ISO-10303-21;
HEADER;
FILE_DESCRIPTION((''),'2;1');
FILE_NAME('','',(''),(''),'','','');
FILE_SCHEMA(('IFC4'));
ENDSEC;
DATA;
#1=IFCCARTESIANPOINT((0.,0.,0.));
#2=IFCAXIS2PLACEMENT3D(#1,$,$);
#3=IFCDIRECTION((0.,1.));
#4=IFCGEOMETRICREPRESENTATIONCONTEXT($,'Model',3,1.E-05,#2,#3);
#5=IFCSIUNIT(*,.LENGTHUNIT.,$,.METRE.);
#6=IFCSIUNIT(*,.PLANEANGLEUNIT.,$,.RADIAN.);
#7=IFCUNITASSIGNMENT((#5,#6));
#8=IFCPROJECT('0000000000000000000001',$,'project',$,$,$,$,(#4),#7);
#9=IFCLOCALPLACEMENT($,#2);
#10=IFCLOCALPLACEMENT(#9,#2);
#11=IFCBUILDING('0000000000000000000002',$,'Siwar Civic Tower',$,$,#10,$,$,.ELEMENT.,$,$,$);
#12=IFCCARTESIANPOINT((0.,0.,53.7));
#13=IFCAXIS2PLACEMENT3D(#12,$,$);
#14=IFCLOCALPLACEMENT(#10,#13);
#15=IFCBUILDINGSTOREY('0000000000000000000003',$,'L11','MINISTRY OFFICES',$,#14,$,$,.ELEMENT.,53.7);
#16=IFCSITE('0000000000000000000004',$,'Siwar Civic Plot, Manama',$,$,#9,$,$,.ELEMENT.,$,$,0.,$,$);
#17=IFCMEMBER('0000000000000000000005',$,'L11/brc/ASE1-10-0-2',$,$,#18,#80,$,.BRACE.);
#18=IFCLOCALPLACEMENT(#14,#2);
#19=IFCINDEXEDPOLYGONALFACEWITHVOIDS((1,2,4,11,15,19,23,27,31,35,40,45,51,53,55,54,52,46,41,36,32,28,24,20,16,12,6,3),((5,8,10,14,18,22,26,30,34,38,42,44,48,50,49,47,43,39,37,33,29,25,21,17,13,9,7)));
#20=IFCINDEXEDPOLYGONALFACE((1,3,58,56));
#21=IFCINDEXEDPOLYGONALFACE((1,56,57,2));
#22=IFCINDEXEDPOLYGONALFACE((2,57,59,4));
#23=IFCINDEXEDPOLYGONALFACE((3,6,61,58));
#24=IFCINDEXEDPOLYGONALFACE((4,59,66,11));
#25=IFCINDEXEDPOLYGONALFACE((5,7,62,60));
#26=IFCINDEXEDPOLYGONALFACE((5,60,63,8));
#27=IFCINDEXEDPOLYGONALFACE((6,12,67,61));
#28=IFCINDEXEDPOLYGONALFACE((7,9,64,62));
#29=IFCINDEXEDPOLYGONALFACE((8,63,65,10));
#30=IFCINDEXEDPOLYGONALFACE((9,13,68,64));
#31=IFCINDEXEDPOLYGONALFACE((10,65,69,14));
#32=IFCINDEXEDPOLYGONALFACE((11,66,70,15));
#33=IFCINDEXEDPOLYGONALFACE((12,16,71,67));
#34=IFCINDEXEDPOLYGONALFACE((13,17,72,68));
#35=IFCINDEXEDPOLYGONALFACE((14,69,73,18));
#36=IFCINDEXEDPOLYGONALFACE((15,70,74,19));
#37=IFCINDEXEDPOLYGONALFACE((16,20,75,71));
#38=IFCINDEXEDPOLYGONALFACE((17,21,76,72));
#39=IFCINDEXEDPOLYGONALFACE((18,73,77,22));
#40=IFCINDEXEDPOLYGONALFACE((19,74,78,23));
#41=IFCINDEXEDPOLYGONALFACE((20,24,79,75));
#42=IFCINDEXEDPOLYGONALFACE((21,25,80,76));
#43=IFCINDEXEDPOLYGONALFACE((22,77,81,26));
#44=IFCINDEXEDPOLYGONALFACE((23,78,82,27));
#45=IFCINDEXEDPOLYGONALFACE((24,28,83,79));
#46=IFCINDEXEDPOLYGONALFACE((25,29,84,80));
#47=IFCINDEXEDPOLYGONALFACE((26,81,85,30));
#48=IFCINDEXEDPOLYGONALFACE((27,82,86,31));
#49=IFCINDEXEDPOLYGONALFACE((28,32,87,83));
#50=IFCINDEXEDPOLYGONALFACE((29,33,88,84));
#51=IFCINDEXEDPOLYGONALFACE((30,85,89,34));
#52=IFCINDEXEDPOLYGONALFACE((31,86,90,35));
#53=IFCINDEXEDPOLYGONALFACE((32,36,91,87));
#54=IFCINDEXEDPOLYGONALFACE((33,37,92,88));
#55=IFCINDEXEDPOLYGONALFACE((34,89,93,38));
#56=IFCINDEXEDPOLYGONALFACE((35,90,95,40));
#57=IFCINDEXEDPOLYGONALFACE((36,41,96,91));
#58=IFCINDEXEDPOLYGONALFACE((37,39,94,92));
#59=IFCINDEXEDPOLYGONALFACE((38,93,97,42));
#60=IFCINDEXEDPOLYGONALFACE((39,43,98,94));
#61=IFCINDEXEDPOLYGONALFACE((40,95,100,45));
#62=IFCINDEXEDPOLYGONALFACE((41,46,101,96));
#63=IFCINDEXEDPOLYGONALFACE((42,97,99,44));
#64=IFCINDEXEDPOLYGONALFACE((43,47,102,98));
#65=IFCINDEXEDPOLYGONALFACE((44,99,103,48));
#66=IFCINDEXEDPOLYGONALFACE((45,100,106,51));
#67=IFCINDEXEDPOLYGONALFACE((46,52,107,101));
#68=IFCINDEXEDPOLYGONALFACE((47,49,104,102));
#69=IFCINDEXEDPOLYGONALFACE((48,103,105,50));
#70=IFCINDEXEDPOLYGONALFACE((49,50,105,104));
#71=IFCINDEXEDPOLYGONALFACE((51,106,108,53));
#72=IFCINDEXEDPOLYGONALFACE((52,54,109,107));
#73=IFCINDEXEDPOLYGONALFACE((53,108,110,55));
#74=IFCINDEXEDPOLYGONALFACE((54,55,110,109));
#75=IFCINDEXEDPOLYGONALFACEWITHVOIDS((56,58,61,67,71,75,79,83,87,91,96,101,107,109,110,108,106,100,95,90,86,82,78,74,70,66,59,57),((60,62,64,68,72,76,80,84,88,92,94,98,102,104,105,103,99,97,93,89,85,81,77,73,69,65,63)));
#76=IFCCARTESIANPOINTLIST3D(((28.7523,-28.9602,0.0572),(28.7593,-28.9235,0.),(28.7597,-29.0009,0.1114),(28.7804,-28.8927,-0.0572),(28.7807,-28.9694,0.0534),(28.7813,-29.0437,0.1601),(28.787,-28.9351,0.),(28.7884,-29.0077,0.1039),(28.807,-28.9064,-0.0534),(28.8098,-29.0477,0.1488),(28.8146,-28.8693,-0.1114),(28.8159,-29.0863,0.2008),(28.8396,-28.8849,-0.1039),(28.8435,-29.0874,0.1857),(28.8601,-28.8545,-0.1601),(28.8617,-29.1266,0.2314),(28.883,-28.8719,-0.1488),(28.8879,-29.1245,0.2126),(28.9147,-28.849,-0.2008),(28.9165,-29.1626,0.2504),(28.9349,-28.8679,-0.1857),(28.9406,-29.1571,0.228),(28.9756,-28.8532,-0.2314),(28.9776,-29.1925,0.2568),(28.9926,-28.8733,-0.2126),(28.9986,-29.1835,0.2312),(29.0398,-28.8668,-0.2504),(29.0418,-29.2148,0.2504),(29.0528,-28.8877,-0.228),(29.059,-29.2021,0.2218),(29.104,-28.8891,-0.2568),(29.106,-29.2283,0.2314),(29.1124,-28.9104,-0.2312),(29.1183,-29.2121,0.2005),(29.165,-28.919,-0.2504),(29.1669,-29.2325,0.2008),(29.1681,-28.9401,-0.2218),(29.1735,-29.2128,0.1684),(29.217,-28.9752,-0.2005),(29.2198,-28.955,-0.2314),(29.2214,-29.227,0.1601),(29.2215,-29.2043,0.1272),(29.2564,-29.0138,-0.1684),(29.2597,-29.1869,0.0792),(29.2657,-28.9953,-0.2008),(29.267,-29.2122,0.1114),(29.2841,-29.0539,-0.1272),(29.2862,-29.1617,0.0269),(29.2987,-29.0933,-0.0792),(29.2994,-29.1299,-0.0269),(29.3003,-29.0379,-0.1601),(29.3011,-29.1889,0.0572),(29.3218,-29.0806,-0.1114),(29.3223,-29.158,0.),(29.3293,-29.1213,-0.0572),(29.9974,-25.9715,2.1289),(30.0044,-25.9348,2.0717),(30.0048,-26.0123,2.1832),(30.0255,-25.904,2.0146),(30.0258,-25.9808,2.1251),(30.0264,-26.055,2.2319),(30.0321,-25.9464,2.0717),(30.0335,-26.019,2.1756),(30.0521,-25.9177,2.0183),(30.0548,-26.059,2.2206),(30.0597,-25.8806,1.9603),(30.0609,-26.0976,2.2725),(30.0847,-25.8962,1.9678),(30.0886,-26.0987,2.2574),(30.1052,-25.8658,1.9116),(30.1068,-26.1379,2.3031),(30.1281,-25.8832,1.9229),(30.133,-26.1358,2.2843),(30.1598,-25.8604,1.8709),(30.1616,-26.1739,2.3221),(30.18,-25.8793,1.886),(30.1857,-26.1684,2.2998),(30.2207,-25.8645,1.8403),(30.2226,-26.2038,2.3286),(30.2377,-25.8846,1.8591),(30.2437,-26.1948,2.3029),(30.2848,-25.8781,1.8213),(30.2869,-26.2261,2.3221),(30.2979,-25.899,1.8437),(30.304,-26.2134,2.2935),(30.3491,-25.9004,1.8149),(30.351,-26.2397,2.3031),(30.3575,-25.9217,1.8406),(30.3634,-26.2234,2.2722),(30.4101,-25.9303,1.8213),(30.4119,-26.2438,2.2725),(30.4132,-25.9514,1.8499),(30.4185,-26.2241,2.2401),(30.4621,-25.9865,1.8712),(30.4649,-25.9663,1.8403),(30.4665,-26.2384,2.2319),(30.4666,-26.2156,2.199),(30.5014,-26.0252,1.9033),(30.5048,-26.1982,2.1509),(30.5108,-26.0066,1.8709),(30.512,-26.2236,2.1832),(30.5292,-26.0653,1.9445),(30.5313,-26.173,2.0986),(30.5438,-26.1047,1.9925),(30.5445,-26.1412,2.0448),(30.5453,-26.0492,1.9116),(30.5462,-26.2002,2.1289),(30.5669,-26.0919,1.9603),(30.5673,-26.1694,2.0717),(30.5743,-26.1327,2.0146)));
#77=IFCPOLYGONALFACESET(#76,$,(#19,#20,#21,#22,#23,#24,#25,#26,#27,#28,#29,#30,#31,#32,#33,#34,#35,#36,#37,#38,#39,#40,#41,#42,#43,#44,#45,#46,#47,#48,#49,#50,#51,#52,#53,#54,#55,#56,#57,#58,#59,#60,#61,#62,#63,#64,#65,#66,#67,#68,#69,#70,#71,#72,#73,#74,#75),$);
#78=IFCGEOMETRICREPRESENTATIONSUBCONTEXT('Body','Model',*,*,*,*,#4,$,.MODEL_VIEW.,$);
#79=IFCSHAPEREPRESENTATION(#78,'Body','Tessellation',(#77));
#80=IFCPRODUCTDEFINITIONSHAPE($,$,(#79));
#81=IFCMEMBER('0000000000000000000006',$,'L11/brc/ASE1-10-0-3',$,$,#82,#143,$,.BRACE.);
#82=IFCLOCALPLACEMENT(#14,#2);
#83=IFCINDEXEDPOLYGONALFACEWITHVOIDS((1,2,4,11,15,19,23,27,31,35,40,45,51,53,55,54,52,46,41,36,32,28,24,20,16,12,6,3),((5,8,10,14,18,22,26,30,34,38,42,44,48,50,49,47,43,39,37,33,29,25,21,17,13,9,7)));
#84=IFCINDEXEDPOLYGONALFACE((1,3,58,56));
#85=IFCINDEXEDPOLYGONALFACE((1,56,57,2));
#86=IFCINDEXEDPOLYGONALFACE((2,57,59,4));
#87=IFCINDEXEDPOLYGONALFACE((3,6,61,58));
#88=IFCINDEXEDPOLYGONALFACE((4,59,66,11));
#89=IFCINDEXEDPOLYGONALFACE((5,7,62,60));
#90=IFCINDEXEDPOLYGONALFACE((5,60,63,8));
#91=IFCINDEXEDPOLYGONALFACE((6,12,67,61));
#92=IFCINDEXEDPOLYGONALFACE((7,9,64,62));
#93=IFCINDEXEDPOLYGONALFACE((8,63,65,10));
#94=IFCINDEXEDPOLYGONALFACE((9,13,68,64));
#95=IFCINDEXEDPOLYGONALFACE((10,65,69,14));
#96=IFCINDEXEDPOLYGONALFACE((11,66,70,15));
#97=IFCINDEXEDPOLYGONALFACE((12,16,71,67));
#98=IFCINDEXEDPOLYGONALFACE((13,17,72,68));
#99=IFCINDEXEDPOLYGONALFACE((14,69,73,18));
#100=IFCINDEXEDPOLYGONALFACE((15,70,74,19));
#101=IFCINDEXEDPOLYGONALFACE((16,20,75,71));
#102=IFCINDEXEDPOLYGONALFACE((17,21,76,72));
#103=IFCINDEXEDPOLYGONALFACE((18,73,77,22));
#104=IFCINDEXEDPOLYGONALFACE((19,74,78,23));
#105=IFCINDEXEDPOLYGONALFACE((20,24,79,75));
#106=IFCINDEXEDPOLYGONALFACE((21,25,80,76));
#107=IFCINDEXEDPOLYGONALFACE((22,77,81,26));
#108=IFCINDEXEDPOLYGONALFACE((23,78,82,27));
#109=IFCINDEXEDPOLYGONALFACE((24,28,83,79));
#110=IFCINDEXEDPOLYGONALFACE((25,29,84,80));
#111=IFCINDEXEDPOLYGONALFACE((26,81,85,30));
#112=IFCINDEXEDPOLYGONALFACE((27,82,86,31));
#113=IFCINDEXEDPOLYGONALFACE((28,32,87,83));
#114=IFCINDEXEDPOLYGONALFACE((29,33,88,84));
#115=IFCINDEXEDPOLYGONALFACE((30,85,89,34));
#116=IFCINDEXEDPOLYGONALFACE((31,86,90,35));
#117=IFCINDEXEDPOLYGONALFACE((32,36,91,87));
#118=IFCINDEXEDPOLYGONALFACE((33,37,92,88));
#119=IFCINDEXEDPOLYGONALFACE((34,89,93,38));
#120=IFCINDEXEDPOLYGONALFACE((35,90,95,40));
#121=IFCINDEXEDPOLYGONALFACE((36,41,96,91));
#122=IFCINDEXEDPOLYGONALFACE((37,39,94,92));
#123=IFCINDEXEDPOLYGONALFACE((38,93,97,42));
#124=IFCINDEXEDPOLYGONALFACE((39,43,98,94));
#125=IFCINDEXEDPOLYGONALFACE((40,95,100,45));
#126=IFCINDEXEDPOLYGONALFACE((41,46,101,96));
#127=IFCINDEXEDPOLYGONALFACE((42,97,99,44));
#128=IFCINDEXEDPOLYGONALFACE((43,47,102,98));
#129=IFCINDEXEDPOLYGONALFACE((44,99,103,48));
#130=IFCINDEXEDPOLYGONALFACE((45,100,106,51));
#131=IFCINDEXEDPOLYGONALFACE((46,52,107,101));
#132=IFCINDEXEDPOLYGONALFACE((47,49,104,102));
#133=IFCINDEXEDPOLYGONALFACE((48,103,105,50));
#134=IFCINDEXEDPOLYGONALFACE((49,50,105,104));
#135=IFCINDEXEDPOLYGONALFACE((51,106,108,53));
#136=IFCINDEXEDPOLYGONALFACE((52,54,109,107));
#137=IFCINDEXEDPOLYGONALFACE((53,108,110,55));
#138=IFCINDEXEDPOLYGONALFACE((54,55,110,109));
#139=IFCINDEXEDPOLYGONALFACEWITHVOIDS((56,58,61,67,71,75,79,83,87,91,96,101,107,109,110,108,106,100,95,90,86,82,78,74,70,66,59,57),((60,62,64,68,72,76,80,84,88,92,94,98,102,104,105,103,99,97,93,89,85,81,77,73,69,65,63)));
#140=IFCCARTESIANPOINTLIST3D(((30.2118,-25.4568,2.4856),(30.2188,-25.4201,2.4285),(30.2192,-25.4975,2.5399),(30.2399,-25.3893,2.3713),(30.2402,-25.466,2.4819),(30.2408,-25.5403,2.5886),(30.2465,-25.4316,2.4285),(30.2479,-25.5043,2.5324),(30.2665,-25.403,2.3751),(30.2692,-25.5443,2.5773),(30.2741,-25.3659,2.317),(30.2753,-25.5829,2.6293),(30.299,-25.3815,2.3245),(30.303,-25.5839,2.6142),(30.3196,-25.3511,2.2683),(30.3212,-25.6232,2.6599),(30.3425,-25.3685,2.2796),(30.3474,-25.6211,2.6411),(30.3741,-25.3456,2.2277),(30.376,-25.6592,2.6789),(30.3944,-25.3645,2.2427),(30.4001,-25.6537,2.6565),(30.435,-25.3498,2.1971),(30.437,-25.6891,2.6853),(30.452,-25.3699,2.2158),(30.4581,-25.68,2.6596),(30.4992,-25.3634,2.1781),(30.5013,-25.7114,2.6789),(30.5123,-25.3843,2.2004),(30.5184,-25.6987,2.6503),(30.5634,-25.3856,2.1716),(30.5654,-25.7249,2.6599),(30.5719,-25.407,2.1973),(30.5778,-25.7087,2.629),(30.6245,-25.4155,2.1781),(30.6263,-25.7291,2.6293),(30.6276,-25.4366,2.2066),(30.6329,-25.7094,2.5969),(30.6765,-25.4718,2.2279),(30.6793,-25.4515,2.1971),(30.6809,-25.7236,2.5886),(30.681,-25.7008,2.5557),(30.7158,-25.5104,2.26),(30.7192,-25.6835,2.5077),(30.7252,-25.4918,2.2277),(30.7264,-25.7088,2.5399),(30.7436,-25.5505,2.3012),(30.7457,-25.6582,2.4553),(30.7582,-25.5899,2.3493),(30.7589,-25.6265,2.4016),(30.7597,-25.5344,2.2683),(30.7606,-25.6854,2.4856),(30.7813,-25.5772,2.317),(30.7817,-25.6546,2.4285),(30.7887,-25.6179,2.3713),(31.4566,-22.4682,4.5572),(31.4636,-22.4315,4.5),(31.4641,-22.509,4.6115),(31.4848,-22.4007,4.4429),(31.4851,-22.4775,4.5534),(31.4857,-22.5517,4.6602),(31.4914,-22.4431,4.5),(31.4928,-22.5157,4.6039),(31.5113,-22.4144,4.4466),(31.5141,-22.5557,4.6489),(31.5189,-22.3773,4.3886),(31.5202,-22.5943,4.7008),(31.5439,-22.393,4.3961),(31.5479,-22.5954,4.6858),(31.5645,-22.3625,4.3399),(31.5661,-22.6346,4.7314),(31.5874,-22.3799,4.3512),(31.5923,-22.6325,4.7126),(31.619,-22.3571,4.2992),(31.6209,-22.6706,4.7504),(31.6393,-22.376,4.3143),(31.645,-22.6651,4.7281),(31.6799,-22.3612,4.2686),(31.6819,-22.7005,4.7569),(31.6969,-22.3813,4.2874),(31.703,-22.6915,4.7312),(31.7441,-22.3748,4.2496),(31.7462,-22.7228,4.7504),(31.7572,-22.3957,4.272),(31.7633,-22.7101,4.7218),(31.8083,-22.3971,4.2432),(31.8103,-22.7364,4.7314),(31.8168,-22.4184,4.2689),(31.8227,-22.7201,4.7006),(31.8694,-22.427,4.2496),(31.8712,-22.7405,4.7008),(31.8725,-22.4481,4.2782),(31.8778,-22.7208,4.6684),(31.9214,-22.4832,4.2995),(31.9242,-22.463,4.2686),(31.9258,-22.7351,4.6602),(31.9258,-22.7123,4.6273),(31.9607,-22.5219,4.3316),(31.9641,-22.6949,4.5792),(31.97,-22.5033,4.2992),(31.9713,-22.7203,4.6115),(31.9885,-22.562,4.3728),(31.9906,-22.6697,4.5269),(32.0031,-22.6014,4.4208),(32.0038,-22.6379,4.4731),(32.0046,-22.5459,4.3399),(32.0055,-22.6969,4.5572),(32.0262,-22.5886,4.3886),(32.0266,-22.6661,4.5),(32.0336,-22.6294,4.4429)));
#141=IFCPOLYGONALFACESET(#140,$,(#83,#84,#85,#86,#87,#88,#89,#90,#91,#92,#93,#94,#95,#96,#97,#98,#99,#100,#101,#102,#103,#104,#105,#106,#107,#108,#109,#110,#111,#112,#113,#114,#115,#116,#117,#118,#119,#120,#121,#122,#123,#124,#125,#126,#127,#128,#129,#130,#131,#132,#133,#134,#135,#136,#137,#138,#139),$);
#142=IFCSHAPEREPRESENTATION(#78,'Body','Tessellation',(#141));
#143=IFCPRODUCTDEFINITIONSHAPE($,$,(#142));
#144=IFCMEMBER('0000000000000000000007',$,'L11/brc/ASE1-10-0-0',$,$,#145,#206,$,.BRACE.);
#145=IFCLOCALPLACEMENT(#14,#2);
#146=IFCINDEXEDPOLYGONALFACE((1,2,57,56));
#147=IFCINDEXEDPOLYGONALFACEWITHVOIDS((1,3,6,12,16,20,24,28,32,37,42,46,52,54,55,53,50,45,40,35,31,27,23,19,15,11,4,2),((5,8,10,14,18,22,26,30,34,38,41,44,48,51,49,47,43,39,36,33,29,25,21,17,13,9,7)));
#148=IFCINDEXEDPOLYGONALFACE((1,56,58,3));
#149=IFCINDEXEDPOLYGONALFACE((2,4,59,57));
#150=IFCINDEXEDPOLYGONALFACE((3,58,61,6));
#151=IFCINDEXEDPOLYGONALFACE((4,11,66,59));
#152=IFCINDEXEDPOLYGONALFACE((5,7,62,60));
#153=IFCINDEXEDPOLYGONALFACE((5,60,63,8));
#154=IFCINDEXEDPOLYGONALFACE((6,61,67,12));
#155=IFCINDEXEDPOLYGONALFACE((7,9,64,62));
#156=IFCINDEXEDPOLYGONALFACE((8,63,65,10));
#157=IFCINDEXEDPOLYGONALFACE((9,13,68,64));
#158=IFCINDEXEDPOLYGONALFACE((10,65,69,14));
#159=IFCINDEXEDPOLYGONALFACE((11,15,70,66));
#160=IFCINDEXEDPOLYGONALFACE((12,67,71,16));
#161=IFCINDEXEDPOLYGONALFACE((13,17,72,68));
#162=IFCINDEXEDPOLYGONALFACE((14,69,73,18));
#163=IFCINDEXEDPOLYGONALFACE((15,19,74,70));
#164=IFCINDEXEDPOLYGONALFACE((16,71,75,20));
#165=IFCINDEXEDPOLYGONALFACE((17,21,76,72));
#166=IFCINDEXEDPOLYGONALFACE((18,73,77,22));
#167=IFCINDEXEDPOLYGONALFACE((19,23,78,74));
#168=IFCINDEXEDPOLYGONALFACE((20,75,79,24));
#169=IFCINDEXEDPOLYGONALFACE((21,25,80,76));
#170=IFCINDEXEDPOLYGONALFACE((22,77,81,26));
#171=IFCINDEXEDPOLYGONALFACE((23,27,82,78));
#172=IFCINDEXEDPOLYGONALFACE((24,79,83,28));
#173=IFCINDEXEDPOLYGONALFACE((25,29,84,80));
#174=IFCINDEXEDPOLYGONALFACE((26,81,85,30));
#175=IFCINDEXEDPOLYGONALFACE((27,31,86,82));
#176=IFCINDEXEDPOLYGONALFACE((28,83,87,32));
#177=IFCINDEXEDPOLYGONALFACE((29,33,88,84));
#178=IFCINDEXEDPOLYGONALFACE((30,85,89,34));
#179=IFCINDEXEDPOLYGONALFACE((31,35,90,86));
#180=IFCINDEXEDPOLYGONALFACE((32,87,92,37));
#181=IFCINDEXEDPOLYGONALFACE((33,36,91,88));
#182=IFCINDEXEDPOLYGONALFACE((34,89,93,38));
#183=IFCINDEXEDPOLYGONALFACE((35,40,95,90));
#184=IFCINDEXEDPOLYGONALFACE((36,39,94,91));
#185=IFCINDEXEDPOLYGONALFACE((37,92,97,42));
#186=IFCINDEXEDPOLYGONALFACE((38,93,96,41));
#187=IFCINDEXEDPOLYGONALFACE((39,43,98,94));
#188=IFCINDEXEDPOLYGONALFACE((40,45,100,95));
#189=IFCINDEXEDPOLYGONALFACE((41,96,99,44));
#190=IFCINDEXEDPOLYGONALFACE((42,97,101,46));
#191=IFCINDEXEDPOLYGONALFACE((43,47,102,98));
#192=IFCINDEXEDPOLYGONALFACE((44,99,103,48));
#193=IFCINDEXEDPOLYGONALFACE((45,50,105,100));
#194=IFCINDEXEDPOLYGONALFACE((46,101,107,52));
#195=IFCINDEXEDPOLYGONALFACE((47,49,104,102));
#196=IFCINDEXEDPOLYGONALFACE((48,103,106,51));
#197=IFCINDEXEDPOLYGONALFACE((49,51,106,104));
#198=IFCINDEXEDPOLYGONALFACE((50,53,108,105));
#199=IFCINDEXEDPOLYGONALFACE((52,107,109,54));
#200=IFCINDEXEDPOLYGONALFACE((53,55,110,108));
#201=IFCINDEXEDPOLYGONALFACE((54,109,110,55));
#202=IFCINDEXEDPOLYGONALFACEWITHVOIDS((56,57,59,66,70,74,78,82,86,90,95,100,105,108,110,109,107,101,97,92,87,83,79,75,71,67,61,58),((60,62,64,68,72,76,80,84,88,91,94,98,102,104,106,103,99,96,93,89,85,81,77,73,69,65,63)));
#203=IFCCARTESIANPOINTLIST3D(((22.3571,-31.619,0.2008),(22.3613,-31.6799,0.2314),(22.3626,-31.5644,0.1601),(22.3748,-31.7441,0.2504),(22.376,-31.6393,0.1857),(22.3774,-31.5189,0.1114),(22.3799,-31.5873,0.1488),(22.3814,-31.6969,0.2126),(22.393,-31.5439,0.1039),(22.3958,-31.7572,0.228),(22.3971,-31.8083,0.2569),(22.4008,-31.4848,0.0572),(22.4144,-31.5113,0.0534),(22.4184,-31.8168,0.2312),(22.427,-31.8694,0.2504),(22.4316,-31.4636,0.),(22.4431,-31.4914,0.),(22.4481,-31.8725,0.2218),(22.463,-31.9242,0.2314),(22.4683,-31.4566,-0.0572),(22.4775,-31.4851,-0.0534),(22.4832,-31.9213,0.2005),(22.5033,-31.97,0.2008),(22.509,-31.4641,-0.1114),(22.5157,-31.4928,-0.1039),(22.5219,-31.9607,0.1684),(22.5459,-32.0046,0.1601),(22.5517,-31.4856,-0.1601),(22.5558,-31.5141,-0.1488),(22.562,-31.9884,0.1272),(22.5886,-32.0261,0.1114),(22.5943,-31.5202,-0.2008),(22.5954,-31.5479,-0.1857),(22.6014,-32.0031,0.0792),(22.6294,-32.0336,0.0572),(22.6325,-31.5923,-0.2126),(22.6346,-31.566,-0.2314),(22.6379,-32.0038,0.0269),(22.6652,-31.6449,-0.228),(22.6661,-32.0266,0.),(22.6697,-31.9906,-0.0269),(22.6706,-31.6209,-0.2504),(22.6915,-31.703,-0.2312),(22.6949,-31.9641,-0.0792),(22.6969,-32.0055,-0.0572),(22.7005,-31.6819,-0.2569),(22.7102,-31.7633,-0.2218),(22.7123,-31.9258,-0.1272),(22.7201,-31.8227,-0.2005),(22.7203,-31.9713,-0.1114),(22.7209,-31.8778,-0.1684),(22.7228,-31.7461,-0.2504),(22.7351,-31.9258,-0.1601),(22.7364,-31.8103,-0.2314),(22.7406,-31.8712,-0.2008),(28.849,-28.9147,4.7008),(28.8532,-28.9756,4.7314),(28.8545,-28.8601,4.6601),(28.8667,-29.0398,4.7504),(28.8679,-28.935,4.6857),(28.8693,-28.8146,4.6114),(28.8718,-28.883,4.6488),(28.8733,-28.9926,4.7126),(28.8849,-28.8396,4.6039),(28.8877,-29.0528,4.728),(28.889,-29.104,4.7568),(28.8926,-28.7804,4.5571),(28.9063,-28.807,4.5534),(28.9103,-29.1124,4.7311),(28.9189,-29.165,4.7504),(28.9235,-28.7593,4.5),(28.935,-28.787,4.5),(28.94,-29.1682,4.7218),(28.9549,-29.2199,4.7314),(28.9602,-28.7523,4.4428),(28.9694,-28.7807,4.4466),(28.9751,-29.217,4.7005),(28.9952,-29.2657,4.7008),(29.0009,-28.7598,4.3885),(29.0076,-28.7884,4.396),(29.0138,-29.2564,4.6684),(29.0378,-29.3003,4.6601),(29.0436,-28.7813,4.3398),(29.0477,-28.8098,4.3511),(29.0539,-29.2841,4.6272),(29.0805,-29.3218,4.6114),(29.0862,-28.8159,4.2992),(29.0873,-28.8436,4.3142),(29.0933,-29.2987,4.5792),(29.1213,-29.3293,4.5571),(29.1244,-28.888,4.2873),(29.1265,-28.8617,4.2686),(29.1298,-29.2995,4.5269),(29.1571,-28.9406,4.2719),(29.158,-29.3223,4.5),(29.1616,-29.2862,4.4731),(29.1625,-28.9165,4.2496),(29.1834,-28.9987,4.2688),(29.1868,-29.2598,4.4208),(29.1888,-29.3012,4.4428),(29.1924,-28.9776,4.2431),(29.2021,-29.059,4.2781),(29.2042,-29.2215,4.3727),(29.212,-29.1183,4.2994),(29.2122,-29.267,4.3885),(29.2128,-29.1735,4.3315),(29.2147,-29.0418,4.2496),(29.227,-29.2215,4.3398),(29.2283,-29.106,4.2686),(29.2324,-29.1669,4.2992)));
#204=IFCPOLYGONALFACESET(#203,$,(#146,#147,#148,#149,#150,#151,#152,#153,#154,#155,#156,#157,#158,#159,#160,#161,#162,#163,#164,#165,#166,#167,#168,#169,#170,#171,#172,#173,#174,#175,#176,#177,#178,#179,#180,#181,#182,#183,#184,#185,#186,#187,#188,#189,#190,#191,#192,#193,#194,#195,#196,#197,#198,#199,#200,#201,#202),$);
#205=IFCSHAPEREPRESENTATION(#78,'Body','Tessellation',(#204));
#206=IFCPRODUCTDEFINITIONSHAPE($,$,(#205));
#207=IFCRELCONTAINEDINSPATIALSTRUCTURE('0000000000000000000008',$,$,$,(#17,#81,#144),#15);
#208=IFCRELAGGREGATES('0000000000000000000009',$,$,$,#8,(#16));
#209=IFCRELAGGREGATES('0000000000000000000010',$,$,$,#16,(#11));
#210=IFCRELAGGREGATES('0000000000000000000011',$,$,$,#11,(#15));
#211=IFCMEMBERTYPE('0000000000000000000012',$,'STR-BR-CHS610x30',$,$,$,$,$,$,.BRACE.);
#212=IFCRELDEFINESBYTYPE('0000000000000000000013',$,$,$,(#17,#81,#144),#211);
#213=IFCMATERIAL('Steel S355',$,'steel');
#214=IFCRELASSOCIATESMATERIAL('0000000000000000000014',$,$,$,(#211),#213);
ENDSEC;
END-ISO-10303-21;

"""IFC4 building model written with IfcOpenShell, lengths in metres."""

from ifc_helpers import new_model, si_unit, direction, frame, origin, origin_2d, place, context, subcontext, project, spatial, hollow_circle, extrude, material, material_profile, profile_set, type_object, element, save


model = new_model("IFC4")

# Units and contexts
model_context = context("Model", 3, precision=1e-05, world=origin(), true_north=direction((0.0, 1.0)))
body_context = subcontext(model_context, "Body", "Model", "MODEL_VIEW")
ifc_project = project(units=[si_unit("LENGTHUNIT", "METRE"), si_unit("PLANEANGLEUNIT", "RADIAN")], contexts=[model_context])

# Site, building, storey
site_placement = place(None, origin())
site = spatial("IfcSite", under=ifc_project, at=site_placement, Name="Siwar Civic Plot, Manama", CompositionType="ELEMENT", RefElevation=0.0)
building_placement = place(site_placement, origin())
building = spatial("IfcBuilding", under=site, at=building_placement, Name="Siwar Civic Tower", CompositionType="ELEMENT")
storey_placement = place(building_placement, frame((0.0, 0.0, 53.7)))
storey = spatial("IfcBuildingStorey", under=building, at=storey_placement, Name="L11", Description="MINISTRY OFFICES", CompositionType="ELEMENT", Elevation=53.7)

# Members
ifc_material_1 = material(Name="Steel S355", Category="steel")
ifc_material_profile_1 = material_profile(ifc_material_1, hollow_circle(Radius=0.3049, WallThickness=0.03, at=origin_2d()), Name="CHS610x30")
ifc_profile_set_1 = profile_set([ifc_material_profile_1], Name="Steel S355")
member_type_1 = type_object("IfcMemberType", Name="STR-BR-CHS610x30", PredefinedType="BRACE", material=ifc_profile_set_1)
member_1_placement = place(storey_placement, frame((29.0408, -29.0408, 0.0), z_axis=(0.323923, 0.777542, 0.538982), x_axis=(-0.923099, 0.384562, 0.0)))
element("IfcMember", 1, at=member_1_placement, inside=storey, type_object=member_type_1, Name="L11/brc/ASE1-10-0-2", PredefinedType="BRACE", context=body_context, shape_type="SweptSolid", body=[
    extrude(hollow_circle(Radius=0.3049, WallThickness=0.03, at=origin_2d()), origin(), (0.0, 0.0, 1.0), 3.8438),
])
member_2_placement = place(storey_placement, frame((30.5002, -25.5374, 2.4285), z_axis=(0.323893, 0.77756, 0.538975), x_axis=(-0.923115, 0.384524, 0.0)))
element("IfcMember", 2, at=member_2_placement, inside=storey, type_object=member_type_1, Name="L11/brc/ASE1-10-0-3", PredefinedType="BRACE", context=body_context, shape_type="SweptSolid", body=[
    extrude(hollow_circle(Radius=0.3049, WallThickness=0.03, at=origin_2d()), origin(), (0.0, 0.0, 1.0), 3.8435),
])
member_3_placement = place(storey_placement, frame((22.5488, -31.7451, 0.0), z_axis=(0.777555, 0.323906, 0.538975), x_axis=(-0.384539, 0.923109, 0.0)))
element("IfcMember", 3, at=member_3_placement, inside=storey, type_object=member_type_1, Name="L11/brc/ASE1-10-0-0", PredefinedType="BRACE", context=body_context, shape_type="SweptSolid", body=[
    extrude(hollow_circle(Radius=0.3049, WallThickness=0.03, at=origin_2d()), origin(), (0.0, 0.0, 1.0), 8.3491),
])

save(model, "model.ifc")
